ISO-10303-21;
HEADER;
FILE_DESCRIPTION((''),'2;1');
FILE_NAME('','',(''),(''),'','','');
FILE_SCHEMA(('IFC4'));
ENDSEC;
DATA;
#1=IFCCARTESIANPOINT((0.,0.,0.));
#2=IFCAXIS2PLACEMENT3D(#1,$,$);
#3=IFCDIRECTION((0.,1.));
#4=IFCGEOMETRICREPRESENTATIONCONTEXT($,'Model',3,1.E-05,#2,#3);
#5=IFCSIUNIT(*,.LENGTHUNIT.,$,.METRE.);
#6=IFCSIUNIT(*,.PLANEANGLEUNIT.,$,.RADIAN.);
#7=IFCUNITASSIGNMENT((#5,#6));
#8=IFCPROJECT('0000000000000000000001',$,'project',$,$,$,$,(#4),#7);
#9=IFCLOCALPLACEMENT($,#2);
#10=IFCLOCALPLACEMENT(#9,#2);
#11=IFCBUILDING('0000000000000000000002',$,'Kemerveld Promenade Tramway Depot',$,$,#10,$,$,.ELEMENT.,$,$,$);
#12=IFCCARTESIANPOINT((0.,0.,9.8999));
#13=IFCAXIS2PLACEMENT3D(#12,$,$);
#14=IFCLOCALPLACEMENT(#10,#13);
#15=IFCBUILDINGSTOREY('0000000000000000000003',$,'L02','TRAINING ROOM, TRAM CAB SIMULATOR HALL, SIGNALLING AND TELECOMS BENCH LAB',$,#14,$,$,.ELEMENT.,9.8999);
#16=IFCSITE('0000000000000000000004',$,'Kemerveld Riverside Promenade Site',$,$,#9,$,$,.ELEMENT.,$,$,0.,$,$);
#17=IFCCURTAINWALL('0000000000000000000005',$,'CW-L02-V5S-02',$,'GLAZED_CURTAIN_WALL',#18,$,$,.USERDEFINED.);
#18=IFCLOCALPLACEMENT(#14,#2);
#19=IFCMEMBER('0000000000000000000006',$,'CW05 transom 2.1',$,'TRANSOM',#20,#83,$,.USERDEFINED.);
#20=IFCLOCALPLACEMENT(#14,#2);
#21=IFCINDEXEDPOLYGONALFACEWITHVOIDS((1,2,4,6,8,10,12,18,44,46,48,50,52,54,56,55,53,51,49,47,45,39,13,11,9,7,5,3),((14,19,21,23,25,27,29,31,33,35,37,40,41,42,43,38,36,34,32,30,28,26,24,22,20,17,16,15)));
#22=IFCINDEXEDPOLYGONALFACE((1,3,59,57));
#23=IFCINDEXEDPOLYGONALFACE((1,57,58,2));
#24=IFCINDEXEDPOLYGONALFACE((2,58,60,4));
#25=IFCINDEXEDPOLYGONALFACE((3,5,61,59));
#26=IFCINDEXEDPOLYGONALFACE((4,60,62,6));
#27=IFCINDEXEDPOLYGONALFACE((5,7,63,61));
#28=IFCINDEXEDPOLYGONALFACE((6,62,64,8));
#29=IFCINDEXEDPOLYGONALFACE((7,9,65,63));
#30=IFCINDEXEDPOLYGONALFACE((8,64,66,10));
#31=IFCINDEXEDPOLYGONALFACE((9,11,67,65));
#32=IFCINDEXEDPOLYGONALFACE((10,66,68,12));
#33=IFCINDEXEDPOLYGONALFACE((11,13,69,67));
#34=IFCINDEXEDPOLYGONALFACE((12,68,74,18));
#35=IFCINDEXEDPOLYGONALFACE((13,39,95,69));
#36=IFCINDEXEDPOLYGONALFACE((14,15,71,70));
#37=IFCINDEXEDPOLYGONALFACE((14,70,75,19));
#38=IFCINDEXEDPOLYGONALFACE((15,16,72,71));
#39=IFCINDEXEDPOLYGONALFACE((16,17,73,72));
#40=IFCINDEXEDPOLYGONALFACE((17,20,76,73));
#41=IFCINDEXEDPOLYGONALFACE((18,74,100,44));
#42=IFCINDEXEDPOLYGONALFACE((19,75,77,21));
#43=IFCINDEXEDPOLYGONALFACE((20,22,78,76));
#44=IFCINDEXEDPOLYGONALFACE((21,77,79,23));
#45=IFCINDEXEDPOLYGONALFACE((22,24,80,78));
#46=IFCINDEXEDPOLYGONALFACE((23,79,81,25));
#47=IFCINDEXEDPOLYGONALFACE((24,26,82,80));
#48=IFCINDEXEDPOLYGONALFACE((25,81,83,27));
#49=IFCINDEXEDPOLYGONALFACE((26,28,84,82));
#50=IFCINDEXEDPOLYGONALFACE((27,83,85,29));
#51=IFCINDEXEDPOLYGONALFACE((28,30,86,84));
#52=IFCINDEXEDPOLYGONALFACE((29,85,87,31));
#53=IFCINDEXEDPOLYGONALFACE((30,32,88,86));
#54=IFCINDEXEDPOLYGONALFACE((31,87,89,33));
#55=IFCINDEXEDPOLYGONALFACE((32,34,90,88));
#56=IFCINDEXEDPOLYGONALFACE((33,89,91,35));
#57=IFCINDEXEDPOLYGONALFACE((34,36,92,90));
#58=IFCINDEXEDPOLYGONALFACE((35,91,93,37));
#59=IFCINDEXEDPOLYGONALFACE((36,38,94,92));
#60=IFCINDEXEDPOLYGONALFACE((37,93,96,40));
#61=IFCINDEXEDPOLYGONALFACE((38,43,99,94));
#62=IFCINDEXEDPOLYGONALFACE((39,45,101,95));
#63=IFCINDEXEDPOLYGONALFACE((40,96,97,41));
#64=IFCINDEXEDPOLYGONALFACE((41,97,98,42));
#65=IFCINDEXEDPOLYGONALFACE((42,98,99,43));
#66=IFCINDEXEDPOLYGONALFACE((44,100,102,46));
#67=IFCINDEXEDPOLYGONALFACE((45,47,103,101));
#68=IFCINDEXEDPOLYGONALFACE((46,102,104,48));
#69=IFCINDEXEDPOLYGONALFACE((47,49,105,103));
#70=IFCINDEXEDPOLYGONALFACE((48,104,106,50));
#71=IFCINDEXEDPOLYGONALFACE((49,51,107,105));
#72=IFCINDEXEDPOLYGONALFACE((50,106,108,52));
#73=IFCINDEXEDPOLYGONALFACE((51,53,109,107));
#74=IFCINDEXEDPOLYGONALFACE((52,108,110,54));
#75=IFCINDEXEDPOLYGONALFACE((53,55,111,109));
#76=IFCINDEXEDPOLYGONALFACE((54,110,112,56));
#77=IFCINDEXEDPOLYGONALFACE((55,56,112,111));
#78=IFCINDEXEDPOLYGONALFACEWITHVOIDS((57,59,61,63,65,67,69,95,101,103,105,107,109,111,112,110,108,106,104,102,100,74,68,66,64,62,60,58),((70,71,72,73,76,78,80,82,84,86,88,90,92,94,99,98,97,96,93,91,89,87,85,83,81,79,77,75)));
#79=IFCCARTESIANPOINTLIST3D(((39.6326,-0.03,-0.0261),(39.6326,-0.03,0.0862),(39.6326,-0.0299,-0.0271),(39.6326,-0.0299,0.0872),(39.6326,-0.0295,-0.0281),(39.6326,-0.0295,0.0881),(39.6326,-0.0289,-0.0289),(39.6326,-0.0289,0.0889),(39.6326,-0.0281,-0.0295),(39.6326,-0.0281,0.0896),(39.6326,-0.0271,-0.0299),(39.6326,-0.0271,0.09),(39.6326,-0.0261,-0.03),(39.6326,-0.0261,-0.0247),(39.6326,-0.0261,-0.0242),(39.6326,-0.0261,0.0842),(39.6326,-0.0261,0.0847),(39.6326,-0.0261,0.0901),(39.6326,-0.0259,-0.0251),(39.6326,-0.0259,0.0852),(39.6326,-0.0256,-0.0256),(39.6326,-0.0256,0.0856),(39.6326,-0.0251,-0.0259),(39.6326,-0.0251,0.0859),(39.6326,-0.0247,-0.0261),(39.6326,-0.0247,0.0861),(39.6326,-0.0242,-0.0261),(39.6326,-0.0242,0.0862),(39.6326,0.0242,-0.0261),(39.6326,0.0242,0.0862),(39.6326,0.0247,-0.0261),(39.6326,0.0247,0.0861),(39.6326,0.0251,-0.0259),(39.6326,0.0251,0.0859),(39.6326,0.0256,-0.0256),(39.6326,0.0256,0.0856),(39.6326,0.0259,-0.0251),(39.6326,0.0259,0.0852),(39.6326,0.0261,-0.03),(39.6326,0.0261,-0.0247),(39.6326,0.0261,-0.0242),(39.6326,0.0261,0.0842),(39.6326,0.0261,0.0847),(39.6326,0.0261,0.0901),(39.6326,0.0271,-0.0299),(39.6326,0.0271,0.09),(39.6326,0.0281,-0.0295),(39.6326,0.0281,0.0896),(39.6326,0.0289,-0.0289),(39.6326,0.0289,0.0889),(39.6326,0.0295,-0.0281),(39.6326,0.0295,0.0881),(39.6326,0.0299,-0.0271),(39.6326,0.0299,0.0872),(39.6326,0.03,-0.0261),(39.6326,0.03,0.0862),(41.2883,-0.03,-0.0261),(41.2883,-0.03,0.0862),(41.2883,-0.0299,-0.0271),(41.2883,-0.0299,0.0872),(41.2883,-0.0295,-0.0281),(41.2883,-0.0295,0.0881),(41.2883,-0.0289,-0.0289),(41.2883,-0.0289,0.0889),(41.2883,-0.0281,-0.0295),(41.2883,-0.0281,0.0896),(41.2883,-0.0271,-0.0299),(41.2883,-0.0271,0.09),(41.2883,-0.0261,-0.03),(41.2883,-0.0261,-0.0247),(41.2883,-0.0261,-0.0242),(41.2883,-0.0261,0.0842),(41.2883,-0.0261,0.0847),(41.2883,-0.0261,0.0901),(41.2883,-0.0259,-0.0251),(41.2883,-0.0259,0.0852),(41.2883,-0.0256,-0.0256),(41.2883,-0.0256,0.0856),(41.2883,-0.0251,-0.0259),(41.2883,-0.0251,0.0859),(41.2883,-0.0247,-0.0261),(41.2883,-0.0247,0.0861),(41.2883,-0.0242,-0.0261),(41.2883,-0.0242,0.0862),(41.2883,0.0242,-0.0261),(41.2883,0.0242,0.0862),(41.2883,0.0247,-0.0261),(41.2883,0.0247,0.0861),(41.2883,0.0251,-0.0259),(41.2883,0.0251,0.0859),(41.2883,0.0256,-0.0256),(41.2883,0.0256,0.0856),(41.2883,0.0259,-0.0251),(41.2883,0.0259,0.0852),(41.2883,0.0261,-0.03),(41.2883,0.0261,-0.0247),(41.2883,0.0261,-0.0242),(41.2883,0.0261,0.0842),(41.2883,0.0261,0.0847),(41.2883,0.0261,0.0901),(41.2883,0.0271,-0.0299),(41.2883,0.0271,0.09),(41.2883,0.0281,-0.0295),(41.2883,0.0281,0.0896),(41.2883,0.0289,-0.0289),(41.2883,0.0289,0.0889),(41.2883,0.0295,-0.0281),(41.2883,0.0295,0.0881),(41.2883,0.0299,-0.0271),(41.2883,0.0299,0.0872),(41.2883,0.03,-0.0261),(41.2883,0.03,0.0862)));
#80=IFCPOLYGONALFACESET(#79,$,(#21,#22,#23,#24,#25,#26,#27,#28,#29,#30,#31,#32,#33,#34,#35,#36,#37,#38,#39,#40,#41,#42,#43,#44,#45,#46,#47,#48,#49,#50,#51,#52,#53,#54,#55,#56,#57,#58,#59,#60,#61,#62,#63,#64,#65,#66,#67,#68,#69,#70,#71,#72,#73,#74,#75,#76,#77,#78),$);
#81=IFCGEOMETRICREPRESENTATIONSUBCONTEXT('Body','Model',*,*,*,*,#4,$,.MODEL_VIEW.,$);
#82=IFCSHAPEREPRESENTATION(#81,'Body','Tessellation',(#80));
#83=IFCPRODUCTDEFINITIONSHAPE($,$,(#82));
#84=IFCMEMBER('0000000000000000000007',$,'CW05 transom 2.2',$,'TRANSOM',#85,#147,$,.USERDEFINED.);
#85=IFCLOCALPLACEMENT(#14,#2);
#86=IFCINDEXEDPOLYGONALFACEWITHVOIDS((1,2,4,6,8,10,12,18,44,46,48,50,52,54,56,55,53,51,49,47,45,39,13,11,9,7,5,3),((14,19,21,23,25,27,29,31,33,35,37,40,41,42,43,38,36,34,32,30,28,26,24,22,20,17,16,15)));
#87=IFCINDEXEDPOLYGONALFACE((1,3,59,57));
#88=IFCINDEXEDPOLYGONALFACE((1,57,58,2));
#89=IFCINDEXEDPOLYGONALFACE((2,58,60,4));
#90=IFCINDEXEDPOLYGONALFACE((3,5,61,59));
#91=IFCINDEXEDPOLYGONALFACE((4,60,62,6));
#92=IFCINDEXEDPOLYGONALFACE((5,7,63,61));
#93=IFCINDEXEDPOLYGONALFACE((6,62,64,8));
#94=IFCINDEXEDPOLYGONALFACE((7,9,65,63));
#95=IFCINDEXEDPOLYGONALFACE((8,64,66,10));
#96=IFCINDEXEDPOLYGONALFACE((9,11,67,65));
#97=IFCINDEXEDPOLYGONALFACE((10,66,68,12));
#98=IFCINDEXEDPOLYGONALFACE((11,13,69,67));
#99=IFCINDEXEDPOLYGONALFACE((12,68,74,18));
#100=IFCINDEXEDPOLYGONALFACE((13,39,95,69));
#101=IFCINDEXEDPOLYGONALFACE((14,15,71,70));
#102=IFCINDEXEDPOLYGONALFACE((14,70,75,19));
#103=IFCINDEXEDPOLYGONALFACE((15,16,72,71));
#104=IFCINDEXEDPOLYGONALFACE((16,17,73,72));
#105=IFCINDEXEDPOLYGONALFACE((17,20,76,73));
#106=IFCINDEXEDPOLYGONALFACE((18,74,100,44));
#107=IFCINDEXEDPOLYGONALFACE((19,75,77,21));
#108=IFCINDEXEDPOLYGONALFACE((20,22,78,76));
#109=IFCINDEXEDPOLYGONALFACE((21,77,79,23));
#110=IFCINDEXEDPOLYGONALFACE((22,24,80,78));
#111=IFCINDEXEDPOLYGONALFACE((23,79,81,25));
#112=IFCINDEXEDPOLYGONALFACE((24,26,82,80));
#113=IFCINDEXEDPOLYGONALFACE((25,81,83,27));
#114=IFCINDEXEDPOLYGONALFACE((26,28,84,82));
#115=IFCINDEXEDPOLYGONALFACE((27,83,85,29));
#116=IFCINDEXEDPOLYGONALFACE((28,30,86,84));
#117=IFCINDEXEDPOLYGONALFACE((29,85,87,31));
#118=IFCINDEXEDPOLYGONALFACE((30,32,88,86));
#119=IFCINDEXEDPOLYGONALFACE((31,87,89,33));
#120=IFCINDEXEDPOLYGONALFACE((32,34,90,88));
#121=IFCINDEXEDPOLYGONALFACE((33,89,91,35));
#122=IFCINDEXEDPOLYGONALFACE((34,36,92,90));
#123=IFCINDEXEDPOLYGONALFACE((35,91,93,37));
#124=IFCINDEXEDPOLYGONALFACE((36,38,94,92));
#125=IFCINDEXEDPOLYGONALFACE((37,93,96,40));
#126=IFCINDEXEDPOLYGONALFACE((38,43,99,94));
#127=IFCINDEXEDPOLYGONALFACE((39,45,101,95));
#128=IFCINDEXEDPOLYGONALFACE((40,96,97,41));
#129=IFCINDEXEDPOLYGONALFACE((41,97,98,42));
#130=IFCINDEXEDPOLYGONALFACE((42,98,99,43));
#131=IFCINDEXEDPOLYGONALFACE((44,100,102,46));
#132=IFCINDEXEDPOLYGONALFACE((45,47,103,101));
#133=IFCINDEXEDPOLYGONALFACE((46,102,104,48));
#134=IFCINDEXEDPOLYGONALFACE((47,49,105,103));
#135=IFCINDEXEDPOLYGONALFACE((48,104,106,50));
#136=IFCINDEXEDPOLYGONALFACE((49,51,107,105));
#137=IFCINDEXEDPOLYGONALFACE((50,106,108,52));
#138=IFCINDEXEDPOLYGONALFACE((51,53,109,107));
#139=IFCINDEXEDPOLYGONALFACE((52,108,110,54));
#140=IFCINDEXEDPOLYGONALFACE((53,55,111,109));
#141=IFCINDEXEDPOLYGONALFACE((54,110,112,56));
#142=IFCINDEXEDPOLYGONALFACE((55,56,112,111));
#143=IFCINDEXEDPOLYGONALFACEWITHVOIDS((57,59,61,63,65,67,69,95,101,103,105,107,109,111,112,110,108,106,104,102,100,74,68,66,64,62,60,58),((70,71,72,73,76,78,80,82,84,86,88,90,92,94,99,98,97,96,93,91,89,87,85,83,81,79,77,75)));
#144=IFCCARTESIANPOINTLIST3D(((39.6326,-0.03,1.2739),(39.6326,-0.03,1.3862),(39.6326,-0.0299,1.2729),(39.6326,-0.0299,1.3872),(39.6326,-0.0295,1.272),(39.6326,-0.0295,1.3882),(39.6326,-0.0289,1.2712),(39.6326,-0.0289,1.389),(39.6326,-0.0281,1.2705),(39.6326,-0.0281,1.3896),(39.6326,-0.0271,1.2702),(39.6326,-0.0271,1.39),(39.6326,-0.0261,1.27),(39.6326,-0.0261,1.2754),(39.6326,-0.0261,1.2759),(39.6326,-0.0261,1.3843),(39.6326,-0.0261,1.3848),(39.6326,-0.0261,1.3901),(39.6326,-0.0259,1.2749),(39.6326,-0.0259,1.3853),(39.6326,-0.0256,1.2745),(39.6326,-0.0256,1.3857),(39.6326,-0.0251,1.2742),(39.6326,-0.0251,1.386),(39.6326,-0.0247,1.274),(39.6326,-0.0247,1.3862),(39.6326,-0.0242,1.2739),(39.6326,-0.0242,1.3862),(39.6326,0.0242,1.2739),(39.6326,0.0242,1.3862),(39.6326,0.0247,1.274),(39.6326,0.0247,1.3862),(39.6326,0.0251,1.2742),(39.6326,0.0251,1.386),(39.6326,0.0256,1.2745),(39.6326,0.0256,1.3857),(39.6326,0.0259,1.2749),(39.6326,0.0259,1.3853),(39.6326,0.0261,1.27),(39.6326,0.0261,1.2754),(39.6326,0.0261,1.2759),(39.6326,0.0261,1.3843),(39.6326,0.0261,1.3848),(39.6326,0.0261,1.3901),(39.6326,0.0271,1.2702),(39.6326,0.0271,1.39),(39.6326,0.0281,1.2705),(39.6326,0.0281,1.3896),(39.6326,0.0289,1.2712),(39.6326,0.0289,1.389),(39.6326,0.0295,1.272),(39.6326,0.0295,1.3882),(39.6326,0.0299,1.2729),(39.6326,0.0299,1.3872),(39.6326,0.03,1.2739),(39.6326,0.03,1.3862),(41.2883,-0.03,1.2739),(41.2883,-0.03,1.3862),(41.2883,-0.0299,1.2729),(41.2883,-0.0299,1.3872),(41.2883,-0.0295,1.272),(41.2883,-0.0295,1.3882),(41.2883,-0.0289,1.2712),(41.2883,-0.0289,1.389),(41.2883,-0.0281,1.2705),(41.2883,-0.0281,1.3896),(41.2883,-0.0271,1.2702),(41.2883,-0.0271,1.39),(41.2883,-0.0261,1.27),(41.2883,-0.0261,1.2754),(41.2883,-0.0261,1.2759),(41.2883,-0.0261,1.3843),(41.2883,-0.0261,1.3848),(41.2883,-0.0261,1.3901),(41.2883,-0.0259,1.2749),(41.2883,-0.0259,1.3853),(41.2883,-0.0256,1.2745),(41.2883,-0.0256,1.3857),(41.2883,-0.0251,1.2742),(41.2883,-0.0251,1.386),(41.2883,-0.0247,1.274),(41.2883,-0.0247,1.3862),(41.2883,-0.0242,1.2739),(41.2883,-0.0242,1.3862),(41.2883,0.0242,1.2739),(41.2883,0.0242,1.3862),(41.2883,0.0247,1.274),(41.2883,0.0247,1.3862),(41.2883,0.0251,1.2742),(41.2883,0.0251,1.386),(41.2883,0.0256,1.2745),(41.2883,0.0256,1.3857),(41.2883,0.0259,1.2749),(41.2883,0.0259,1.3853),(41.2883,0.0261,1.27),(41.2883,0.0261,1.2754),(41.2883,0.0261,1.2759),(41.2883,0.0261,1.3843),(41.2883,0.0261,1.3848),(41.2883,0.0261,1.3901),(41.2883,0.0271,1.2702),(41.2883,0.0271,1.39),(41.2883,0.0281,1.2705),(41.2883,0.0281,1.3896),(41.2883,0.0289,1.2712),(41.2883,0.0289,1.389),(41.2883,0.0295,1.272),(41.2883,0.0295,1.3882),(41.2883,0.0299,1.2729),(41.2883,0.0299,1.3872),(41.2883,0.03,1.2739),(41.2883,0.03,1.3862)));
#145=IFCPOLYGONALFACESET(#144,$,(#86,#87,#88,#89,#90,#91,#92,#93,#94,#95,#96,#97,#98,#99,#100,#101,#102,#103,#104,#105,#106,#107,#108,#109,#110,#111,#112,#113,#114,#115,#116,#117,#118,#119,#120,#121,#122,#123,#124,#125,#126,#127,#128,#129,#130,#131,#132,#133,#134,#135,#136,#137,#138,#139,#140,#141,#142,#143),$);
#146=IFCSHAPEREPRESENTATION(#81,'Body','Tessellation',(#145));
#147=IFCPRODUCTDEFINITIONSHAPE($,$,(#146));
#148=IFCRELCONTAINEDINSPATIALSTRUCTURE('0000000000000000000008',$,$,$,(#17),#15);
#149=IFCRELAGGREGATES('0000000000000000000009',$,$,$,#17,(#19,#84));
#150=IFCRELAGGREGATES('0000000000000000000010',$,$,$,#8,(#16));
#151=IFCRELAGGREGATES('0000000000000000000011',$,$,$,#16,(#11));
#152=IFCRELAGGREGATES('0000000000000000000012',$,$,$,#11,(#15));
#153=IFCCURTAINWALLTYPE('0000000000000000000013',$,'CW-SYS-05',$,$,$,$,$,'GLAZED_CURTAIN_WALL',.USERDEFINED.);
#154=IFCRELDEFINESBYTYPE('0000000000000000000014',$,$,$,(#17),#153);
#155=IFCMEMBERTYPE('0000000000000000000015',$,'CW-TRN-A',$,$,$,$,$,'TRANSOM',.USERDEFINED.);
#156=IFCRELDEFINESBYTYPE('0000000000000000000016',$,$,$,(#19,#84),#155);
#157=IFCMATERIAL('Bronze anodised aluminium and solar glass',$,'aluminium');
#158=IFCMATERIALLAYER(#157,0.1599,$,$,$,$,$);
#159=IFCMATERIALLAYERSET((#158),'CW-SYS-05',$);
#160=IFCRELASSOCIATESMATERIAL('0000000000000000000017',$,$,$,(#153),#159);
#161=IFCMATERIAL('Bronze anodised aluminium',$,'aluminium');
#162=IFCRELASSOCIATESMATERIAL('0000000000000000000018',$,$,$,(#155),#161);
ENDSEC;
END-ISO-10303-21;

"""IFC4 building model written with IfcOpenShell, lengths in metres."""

from ifc_helpers import new_model, si_unit, direction, frame, origin, origin_2d, place, context, subcontext, project, spatial, hollow_rectangle, extrude, material, layer, layer_set, material_profile, profile_set, type_object, element, aggregate, save


model = new_model("IFC4")

# Units and contexts
model_context = context("Model", 3, precision=1e-05, world=origin(), true_north=direction((0.0, 1.0)))
body_context = subcontext(model_context, "Body", "Model", "MODEL_VIEW")
ifc_project = project(units=[si_unit("LENGTHUNIT", "METRE"), si_unit("PLANEANGLEUNIT", "RADIAN")], contexts=[model_context])

# Site, building, storey
site_placement = place(None, origin())
site = spatial("IfcSite", under=ifc_project, at=site_placement, Name="Kemerveld Riverside Promenade Site", CompositionType="ELEMENT", RefElevation=0.0)
building_placement = place(site_placement, origin())
building = spatial("IfcBuilding", under=site, at=building_placement, Name="Kemerveld Promenade Tramway Depot", CompositionType="ELEMENT")
storey_placement = place(building_placement, frame((0.0, 0.0, 9.8999)))
storey = spatial("IfcBuildingStorey", under=building, at=storey_placement, Name="L02", Description="TRAINING ROOM, TRAM CAB SIMULATOR HALL, SIGNALLING AND TELECOMS BENCH LAB", CompositionType="ELEMENT", Elevation=9.8999)

# Curtain wall, members
ifc_material_1 = material(Name="Bronze anodised aluminium and solar glass", Category="aluminium")
ifc_layer_1 = layer(ifc_material_1, 0.1599)
ifc_layer_set_1 = layer_set([ifc_layer_1], Name="CW-SYS-05")
curtain_wall_type = type_object("IfcCurtainWallType", Name="CW-SYS-05", ElementType="GLAZED_CURTAIN_WALL", PredefinedType="USERDEFINED", material=ifc_layer_set_1)
curtain_wall_placement = place(storey_placement, origin())
curtain_wall = element("IfcCurtainWall", 1, at=curtain_wall_placement, inside=storey, type_object=curtain_wall_type, Name="CW-L02-V5S-02", ObjectType="GLAZED_CURTAIN_WALL", PredefinedType="USERDEFINED")
ifc_material_2 = material(Name="Bronze anodised aluminium", Category="aluminium")
ifc_material_profile_1 = material_profile(ifc_material_2, hollow_rectangle(XDim=0.0601, YDim=0.1201, WallThickness=0.0039, InnerFilletRadius=0.002, OuterFilletRadius=0.0039, at=origin_2d()), Name="CW-TRN-120x60")
ifc_profile_set_1 = profile_set([ifc_material_profile_1], Name="Bronze anodised aluminium")
member_type_1 = type_object("IfcMemberType", Name="CW-TRN-A", ElementType="TRANSOM", PredefinedType="USERDEFINED", material=ifc_profile_set_1)
member_1_placement = place(storey_placement, frame((41.2883, 0.0, 0.03), z_axis=(-1.0, 0.0, 0.0), x_axis=(0.0, -1.0, 0.0)))
member_1 = element("IfcMember", 2, at=member_1_placement, type_object=member_type_1, Name="CW05 transom 2.1", ObjectType="TRANSOM", PredefinedType="USERDEFINED", context=body_context, shape_type="SweptSolid", body=[
    extrude(hollow_rectangle(XDim=0.0601, YDim=0.1201, WallThickness=0.0039, InnerFilletRadius=0.002, OuterFilletRadius=0.0039, at=origin_2d()), origin(), (0.0, 0.0, 1.0), 1.6558),
])
member_2_placement = place(storey_placement, frame((41.2883, 0.0, 1.3301), z_axis=(-1.0, 0.0, 0.0), x_axis=(0.0, -1.0, 0.0)))
member_2 = element("IfcMember", 3, at=member_2_placement, type_object=member_type_1, Name="CW05 transom 2.2", ObjectType="TRANSOM", PredefinedType="USERDEFINED", context=body_context, shape_type="SweptSolid", body=[
    extrude(hollow_rectangle(XDim=0.0601, YDim=0.1201, WallThickness=0.0039, InnerFilletRadius=0.002, OuterFilletRadius=0.0039, at=origin_2d()), origin(), (0.0, 0.0, 1.0), 1.6558),
])
aggregate(curtain_wall, [member_1, member_2])

save(model, "model.ifc")
